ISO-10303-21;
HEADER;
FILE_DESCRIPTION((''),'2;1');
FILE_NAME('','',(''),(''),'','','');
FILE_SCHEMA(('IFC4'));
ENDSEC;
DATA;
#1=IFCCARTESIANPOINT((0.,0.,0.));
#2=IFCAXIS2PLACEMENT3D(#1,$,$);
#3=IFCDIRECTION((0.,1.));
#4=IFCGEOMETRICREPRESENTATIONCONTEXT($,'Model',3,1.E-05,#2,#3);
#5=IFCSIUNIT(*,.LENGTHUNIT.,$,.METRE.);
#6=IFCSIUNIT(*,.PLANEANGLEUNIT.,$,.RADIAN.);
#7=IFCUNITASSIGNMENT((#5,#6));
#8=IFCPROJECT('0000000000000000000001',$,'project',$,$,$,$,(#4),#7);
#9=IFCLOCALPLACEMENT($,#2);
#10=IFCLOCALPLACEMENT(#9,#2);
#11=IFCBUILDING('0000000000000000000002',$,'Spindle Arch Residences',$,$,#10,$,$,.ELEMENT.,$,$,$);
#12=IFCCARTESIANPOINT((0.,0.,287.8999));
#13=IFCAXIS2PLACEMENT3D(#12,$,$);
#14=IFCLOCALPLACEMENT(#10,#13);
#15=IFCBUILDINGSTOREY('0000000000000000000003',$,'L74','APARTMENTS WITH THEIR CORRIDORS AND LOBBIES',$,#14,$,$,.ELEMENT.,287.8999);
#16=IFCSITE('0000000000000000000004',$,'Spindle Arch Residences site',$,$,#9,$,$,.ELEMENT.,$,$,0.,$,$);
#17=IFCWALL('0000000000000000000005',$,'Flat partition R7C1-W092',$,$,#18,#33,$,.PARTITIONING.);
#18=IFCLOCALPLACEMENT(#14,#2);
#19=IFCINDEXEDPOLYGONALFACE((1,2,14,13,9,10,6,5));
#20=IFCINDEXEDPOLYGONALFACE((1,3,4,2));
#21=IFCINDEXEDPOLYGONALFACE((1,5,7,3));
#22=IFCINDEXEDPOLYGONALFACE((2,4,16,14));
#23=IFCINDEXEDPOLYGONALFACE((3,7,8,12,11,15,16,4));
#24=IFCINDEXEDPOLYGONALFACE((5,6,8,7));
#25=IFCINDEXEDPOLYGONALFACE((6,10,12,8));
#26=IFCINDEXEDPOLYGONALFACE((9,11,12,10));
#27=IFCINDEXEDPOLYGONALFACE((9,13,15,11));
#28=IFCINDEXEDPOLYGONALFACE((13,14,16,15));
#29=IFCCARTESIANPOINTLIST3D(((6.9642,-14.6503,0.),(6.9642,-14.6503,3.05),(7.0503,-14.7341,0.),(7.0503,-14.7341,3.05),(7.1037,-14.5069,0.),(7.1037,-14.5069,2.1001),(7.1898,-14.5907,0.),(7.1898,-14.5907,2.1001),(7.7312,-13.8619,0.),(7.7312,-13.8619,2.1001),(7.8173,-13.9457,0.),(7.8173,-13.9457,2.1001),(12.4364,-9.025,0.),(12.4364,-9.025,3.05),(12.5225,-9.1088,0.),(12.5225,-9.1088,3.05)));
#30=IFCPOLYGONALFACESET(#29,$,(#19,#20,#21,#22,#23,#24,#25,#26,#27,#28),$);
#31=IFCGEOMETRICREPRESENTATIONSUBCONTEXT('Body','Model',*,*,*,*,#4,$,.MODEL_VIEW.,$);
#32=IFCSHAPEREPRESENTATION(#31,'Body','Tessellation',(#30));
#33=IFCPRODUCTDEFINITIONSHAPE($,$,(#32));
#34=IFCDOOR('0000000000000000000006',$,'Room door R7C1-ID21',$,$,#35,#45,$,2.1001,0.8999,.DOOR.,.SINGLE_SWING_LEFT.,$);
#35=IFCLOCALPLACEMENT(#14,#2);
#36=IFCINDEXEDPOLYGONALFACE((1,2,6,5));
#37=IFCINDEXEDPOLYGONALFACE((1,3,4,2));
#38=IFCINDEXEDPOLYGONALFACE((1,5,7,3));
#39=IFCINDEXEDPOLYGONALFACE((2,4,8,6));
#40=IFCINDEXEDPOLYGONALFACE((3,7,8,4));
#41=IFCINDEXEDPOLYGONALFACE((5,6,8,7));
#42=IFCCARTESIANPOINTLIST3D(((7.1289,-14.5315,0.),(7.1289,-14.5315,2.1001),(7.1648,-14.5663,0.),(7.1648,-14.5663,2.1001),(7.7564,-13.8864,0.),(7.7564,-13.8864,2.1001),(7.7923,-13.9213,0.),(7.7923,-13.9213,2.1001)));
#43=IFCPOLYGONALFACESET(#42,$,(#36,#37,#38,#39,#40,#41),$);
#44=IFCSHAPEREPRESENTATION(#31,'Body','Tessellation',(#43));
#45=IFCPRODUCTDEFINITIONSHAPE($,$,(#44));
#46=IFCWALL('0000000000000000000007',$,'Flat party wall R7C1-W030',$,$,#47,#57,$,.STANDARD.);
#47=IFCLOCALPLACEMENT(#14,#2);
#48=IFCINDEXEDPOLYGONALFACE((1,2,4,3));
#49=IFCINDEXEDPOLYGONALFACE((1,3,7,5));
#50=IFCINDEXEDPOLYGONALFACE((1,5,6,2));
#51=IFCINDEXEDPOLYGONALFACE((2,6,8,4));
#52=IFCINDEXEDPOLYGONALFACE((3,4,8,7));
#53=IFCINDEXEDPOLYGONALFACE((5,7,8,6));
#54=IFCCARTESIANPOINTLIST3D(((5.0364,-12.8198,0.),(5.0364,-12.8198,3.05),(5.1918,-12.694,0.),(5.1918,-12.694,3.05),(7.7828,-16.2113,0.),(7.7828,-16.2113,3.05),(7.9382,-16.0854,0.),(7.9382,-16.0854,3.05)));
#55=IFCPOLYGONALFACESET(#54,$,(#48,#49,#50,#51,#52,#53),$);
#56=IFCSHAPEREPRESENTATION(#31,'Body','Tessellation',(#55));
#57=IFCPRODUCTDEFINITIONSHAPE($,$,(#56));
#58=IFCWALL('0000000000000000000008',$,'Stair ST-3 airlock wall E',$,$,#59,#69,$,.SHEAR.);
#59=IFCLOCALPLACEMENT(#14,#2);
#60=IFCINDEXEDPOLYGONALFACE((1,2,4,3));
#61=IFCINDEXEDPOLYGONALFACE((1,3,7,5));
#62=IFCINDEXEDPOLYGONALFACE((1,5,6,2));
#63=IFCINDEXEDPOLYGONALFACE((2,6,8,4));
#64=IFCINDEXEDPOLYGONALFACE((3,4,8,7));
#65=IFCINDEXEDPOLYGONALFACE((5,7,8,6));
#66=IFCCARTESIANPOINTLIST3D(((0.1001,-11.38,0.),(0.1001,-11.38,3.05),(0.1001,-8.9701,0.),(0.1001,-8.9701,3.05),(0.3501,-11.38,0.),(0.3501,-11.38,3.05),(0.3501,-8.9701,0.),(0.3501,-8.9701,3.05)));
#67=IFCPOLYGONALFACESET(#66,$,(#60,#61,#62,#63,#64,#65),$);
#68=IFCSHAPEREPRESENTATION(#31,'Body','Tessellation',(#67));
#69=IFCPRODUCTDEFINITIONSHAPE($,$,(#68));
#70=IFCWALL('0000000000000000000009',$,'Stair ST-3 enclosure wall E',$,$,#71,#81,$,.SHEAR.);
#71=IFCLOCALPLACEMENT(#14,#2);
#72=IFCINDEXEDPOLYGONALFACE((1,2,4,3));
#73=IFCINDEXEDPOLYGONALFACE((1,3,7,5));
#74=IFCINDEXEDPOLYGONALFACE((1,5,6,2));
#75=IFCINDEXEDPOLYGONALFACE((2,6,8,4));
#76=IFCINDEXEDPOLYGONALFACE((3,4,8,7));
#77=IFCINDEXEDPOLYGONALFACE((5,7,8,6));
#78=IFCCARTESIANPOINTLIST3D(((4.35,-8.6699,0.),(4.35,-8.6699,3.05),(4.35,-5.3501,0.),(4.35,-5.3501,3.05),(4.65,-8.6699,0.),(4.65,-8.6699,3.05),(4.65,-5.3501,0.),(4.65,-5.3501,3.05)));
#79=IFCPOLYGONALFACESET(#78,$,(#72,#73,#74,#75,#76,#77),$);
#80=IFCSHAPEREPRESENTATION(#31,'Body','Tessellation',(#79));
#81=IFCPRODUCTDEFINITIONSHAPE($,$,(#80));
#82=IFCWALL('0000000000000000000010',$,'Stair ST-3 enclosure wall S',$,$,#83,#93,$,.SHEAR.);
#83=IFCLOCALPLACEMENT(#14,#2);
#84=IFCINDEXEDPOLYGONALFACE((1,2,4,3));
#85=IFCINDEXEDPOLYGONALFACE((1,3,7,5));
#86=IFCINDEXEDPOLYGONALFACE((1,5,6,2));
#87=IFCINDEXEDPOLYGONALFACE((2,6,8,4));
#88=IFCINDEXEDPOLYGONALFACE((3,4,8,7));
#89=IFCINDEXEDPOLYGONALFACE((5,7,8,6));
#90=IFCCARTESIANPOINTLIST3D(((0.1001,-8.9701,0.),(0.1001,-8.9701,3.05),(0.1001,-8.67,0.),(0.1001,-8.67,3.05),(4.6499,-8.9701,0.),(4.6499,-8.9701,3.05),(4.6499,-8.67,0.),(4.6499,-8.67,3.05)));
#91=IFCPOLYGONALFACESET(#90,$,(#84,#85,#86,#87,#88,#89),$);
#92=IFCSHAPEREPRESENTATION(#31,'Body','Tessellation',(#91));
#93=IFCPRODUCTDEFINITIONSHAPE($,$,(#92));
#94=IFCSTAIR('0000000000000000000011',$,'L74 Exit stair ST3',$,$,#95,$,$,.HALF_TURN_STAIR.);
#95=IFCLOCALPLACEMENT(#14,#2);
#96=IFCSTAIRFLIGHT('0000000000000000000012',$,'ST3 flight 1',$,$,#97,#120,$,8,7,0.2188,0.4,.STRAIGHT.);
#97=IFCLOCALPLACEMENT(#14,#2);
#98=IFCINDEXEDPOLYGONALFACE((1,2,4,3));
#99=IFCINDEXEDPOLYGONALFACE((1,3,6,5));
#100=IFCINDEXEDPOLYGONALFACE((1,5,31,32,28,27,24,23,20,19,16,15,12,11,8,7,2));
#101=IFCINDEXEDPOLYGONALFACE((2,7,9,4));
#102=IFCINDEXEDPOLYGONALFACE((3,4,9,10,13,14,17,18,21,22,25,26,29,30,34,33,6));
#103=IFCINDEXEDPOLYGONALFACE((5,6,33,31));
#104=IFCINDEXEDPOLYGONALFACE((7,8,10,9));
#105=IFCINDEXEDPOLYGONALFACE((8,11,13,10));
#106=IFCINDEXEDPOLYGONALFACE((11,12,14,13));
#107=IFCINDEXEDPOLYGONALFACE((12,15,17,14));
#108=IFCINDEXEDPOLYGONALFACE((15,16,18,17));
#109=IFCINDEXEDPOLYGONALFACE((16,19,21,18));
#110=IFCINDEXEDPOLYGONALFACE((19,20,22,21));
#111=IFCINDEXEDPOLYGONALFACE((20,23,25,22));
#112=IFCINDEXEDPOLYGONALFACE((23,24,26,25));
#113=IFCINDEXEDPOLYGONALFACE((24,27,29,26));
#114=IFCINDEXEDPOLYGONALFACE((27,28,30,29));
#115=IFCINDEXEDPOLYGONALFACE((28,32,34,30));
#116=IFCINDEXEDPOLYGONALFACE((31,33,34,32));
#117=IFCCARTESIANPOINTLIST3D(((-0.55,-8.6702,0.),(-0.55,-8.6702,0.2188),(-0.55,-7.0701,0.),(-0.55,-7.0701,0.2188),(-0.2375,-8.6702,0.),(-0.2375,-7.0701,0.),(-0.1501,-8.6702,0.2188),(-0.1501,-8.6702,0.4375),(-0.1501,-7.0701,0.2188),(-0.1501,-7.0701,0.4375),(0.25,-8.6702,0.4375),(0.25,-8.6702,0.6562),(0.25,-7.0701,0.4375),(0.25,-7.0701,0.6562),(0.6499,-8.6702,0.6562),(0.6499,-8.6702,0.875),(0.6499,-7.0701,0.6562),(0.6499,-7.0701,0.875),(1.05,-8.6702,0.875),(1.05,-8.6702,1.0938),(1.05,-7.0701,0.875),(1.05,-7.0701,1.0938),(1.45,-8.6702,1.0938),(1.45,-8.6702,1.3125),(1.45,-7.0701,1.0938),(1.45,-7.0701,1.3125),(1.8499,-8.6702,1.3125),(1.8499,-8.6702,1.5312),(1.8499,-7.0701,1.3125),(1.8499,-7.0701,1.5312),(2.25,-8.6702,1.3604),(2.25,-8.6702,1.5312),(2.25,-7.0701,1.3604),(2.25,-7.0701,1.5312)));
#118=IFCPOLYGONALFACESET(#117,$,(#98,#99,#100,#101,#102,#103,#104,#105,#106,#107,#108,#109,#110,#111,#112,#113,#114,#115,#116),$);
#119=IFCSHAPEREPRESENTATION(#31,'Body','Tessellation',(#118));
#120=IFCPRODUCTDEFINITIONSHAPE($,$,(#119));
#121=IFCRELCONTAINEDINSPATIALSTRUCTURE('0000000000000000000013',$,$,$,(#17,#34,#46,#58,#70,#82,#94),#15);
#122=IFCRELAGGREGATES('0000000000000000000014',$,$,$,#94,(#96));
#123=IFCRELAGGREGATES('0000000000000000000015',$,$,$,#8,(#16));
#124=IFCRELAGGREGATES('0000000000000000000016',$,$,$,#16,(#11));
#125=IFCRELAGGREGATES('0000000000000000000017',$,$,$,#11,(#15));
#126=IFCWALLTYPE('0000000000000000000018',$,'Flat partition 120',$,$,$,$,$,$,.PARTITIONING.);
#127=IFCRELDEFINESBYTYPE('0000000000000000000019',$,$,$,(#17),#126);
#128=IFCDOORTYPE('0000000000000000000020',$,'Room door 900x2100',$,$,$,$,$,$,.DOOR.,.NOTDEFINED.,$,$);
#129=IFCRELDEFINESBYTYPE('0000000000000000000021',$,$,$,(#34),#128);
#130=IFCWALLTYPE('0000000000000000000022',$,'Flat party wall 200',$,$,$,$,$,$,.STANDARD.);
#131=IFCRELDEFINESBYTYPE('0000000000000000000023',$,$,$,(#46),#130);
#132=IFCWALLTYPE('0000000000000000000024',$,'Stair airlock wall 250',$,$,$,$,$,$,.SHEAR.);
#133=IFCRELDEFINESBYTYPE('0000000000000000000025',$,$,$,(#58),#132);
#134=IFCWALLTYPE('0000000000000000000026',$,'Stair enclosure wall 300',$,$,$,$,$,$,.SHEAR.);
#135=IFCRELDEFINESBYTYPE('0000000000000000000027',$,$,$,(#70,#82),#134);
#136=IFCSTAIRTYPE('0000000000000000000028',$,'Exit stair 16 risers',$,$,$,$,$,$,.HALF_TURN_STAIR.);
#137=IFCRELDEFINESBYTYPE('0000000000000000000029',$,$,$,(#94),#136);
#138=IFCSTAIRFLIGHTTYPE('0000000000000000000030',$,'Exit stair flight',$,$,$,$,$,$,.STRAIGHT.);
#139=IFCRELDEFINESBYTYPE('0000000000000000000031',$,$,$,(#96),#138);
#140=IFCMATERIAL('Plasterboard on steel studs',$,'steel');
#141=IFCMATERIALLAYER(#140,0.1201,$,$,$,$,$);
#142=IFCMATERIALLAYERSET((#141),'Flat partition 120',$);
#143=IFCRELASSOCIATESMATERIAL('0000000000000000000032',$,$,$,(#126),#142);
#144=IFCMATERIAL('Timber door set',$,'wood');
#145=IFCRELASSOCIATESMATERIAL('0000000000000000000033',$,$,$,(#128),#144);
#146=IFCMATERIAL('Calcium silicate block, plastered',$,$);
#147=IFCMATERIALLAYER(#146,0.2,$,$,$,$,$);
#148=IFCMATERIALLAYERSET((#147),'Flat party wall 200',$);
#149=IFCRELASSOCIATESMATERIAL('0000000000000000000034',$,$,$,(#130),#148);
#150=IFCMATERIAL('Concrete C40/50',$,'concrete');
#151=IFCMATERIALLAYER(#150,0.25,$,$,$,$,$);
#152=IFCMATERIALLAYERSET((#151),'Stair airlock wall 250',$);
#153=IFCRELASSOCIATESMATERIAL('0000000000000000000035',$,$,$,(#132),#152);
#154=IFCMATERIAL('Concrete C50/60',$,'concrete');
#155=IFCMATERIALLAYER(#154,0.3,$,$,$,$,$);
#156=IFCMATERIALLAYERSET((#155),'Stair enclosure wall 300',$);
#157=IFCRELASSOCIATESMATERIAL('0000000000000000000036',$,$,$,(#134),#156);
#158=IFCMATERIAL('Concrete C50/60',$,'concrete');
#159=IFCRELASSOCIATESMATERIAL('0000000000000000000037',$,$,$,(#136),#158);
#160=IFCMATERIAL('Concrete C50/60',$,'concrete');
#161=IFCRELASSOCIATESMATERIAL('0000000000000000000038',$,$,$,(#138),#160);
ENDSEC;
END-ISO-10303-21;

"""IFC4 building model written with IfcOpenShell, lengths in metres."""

from ifc_helpers import new_model, si_unit, direction, frame, frame_2d, origin, place, context, subcontext, project, spatial, polyline, rectangle, outline, extrude, material, layer, layer_set, type_object, element, fill, aggregate, save


model = new_model("IFC4")

# Units and contexts
model_context = context("Model", 3, precision=1e-05, world=origin(), true_north=direction((0.0, 1.0)))
body_context = subcontext(model_context, "Body", "Model", "MODEL_VIEW")
ifc_project = project(units=[si_unit("LENGTHUNIT", "METRE"), si_unit("PLANEANGLEUNIT", "RADIAN")], contexts=[model_context])

# Site, building, storey
site_placement = place(None, origin())
site = spatial("IfcSite", under=ifc_project, at=site_placement, Name="Spindle Arch Residences site", CompositionType="ELEMENT", RefElevation=0.0)
building_placement = place(site_placement, origin())
building = spatial("IfcBuilding", under=site, at=building_placement, Name="Spindle Arch Residences", CompositionType="ELEMENT")
storey_placement = place(building_placement, frame((0.0, 0.0, 287.8999)))
storey = spatial("IfcBuildingStorey", under=building, at=storey_placement, Name="L74", Description="APARTMENTS WITH THEIR CORRIDORS AND LOBBIES", CompositionType="ELEMENT", Elevation=287.8999)

# Shared definitions
ifc_material_1 = material(Name="Plasterboard on steel studs", Category="steel")
ifc_layer_1 = layer(ifc_material_1, 0.1201)
ifc_layer_set_1 = layer_set([ifc_layer_1], Name="Flat partition 120")
wall_type_1 = type_object("IfcWallType", Name="Flat partition 120", PredefinedType="PARTITIONING", material=ifc_layer_set_1)

# Wall, opening, door
wall_1_placement = place(storey_placement, frame((7.0073, -14.6921, 0.0), z_axis=(0.0, 0.0, 1.0), x_axis=(0.697287, 0.716792, 0.0)))
wall_1 = element("IfcWall", 1, at=wall_1_placement, inside=storey, type_object=wall_type_1, Name="Flat partition R7C1-W092", PredefinedType="PARTITIONING", context=body_context, shape_type="SweptSolid", body=[
    extrude(rectangle(XDim=7.8479, YDim=0.1201, at=frame_2d((3.9238, 0.0))), origin(), (0.0, 0.0, 1.0), 3.05),
])
opening_1_placement = place(wall_1_placement, frame((0.2, 0.0, 0.0)))
opening_1 = element("IfcOpeningElement", 2, at=opening_1_placement, cuts=wall_1, PredefinedType="OPENING", context=body_context, shape_type="SweptSolid", body=[
    extrude(rectangle(XDim=0.8999, YDim=2.1001, at=frame_2d((0.45, 1.05))), frame((0.0, 0.0701, 0.0), z_axis=(0.0, -1.0, 0.0), x_axis=(1.0, 0.0, 0.0)), (0.0, 0.0, 1.0), 0.1401),
])
ifc_material_2 = material(Name="Timber door set", Category="wood")
door_type_1 = type_object("IfcDoorType", Name="Room door 900x2100", OperationType="NOTDEFINED", PredefinedType="DOOR", material=ifc_material_2)
door_1_placement = place(opening_1_placement, origin())
door_1 = element("IfcDoor", 3, at=door_1_placement, inside=storey, type_object=door_type_1, Name="Room door R7C1-ID21", OperationType="SINGLE_SWING_LEFT", OverallHeight=2.1001, OverallWidth=0.8999, PredefinedType="DOOR", context=body_context, shape_type="SweptSolid", body=[
    extrude(rectangle(XDim=0.8999, YDim=2.1001, at=frame_2d((0.45, 1.05))), frame((0.0, 0.0249, 0.0), z_axis=(0.0, -1.0, 0.0), x_axis=(1.0, 0.0, 0.0)), (0.0, 0.0, 1.0), 0.05),
])
fill(opening_1, door_1)

# Walls
ifc_material_3 = material(Name="Calcium silicate block, plastered")
ifc_layer_2 = layer(ifc_material_3, 0.2)
ifc_layer_set_2 = layer_set([ifc_layer_2], Name="Flat party wall 200")
wall_type_2 = type_object("IfcWallType", Name="Flat party wall 200", PredefinedType="STANDARD", material=ifc_layer_set_2)
wall_2_placement = place(storey_placement, frame((7.8606, -16.1484, 0.0), z_axis=(0.0, 0.0, 1.0), x_axis=(-0.62933, 0.777138, 0.0)))
element("IfcWall", 4, at=wall_2_placement, inside=storey, type_object=wall_type_2, Name="Flat party wall R7C1-W030", PredefinedType="STANDARD", context=body_context, shape_type="SweptSolid", body=[
    extrude(rectangle(XDim=4.364, YDim=0.2, at=frame_2d((2.1821, 0.0))), origin(), (0.0, 0.0, 1.0), 3.05),
])
ifc_material_4 = material(Name="Concrete C40/50", Category="concrete")
ifc_layer_3 = layer(ifc_material_4, 0.25)
ifc_layer_set_3 = layer_set([ifc_layer_3], Name="Stair airlock wall 250")
wall_type_3 = type_object("IfcWallType", Name="Stair airlock wall 250", PredefinedType="SHEAR", material=ifc_layer_set_3)
wall_3_placement = place(storey_placement, frame((0.2251, -8.97, 0.0), z_axis=(0.0, 0.0, 1.0), x_axis=(0.0, -1.0, 0.0)))
element("IfcWall", 5, at=wall_3_placement, inside=storey, type_object=wall_type_3, Name="Stair ST-3 airlock wall E", PredefinedType="SHEAR", context=body_context, shape_type="SweptSolid", body=[
    extrude(rectangle(XDim=2.4099, YDim=0.25, at=frame_2d((1.2051, 0.0))), origin(), (0.0, 0.0, 1.0), 3.05),
])
ifc_material_5 = material(Name="Concrete C50/60", Category="concrete")
ifc_layer_4 = layer(ifc_material_5, 0.3)
ifc_layer_set_4 = layer_set([ifc_layer_4], Name="Stair enclosure wall 300")
wall_type_4 = type_object("IfcWallType", Name="Stair enclosure wall 300", PredefinedType="SHEAR", material=ifc_layer_set_4)
wall_4_placement = place(storey_placement, frame((4.5, -8.6699, 0.0), z_axis=(0.0, 0.0, 1.0), x_axis=(0.0, 1.0, 0.0)))
element("IfcWall", 6, at=wall_4_placement, inside=storey, type_object=wall_type_4, Name="Stair ST-3 enclosure wall E", PredefinedType="SHEAR", context=body_context, shape_type="SweptSolid", body=[
    extrude(rectangle(XDim=3.3198, YDim=0.3, at=frame_2d((1.6599, 0.0))), origin(), (0.0, 0.0, 1.0), 3.05),
])
wall_5_placement = place(storey_placement, frame((0.1001, -8.8201, 0.0), z_axis=(0.0, 0.0, 1.0), x_axis=(1.0, 0.0, 0.0)))
element("IfcWall", 7, at=wall_5_placement, inside=storey, type_object=wall_type_4, Name="Stair ST-3 enclosure wall S", PredefinedType="SHEAR", context=body_context, shape_type="SweptSolid", body=[
    extrude(rectangle(XDim=4.5498, YDim=0.3, at=frame_2d((2.2749, 0.0))), origin(), (0.0, 0.0, 1.0), 3.05),
])

# Stair, stair flight
ifc_material_6 = material(Name="Concrete C50/60", Category="concrete")
stair_type = type_object("IfcStairType", Name="Exit stair 16 risers", PredefinedType="HALF_TURN_STAIR", material=ifc_material_6)
stair_placement = place(storey_placement, origin())
stair = element("IfcStair", 8, at=stair_placement, inside=storey, type_object=stair_type, Name="L74 Exit stair ST3", PredefinedType="HALF_TURN_STAIR")
ifc_material_7 = material(Name="Concrete C50/60", Category="concrete")
stair_flight_type = type_object("IfcStairFlightType", Name="Exit stair flight", PredefinedType="STRAIGHT", material=ifc_material_7)
stair_flight_placement = place(storey_placement, frame((-0.55, -7.8701, 0.0), z_axis=(0.0, 0.0, 1.0), x_axis=(1.0, 0.0, 0.0)))
stair_flight = element("IfcStairFlight", 9, at=stair_flight_placement, type_object=stair_flight_type, Name="ST3 flight 1", NumberOfRisers=8, NumberOfTreads=7, PredefinedType="STRAIGHT", RiserHeight=0.2188, TreadLength=0.4, context=body_context, shape_type="SweptSolid", body=[
    extrude(outline(polyline([(0.0, 0.0), (0.0, 0.2188), (0.3999, 0.2188), (0.3999, 0.4375), (0.8, 0.4375), (0.8, 0.6562), (1.2, 0.6562), (1.2, 0.875), (1.6001, 0.875), (1.6001, 1.0938), (2.0, 1.0938), (2.0, 1.3125), (2.3999, 1.3125), (2.3999, 1.5312), (2.8, 1.5312), (2.8, 1.75), (2.8, 1.3604), (0.3125, 0.0), (0.0, 0.0)])), frame((0.0, 0.8, 0.0), z_axis=(0.0, -1.0, 0.0), x_axis=(1.0, 0.0, 0.0)), (0.0, 0.0, 1.0), 1.6001),
])
aggregate(stair, [stair_flight])

save(model, "model.ifc")
